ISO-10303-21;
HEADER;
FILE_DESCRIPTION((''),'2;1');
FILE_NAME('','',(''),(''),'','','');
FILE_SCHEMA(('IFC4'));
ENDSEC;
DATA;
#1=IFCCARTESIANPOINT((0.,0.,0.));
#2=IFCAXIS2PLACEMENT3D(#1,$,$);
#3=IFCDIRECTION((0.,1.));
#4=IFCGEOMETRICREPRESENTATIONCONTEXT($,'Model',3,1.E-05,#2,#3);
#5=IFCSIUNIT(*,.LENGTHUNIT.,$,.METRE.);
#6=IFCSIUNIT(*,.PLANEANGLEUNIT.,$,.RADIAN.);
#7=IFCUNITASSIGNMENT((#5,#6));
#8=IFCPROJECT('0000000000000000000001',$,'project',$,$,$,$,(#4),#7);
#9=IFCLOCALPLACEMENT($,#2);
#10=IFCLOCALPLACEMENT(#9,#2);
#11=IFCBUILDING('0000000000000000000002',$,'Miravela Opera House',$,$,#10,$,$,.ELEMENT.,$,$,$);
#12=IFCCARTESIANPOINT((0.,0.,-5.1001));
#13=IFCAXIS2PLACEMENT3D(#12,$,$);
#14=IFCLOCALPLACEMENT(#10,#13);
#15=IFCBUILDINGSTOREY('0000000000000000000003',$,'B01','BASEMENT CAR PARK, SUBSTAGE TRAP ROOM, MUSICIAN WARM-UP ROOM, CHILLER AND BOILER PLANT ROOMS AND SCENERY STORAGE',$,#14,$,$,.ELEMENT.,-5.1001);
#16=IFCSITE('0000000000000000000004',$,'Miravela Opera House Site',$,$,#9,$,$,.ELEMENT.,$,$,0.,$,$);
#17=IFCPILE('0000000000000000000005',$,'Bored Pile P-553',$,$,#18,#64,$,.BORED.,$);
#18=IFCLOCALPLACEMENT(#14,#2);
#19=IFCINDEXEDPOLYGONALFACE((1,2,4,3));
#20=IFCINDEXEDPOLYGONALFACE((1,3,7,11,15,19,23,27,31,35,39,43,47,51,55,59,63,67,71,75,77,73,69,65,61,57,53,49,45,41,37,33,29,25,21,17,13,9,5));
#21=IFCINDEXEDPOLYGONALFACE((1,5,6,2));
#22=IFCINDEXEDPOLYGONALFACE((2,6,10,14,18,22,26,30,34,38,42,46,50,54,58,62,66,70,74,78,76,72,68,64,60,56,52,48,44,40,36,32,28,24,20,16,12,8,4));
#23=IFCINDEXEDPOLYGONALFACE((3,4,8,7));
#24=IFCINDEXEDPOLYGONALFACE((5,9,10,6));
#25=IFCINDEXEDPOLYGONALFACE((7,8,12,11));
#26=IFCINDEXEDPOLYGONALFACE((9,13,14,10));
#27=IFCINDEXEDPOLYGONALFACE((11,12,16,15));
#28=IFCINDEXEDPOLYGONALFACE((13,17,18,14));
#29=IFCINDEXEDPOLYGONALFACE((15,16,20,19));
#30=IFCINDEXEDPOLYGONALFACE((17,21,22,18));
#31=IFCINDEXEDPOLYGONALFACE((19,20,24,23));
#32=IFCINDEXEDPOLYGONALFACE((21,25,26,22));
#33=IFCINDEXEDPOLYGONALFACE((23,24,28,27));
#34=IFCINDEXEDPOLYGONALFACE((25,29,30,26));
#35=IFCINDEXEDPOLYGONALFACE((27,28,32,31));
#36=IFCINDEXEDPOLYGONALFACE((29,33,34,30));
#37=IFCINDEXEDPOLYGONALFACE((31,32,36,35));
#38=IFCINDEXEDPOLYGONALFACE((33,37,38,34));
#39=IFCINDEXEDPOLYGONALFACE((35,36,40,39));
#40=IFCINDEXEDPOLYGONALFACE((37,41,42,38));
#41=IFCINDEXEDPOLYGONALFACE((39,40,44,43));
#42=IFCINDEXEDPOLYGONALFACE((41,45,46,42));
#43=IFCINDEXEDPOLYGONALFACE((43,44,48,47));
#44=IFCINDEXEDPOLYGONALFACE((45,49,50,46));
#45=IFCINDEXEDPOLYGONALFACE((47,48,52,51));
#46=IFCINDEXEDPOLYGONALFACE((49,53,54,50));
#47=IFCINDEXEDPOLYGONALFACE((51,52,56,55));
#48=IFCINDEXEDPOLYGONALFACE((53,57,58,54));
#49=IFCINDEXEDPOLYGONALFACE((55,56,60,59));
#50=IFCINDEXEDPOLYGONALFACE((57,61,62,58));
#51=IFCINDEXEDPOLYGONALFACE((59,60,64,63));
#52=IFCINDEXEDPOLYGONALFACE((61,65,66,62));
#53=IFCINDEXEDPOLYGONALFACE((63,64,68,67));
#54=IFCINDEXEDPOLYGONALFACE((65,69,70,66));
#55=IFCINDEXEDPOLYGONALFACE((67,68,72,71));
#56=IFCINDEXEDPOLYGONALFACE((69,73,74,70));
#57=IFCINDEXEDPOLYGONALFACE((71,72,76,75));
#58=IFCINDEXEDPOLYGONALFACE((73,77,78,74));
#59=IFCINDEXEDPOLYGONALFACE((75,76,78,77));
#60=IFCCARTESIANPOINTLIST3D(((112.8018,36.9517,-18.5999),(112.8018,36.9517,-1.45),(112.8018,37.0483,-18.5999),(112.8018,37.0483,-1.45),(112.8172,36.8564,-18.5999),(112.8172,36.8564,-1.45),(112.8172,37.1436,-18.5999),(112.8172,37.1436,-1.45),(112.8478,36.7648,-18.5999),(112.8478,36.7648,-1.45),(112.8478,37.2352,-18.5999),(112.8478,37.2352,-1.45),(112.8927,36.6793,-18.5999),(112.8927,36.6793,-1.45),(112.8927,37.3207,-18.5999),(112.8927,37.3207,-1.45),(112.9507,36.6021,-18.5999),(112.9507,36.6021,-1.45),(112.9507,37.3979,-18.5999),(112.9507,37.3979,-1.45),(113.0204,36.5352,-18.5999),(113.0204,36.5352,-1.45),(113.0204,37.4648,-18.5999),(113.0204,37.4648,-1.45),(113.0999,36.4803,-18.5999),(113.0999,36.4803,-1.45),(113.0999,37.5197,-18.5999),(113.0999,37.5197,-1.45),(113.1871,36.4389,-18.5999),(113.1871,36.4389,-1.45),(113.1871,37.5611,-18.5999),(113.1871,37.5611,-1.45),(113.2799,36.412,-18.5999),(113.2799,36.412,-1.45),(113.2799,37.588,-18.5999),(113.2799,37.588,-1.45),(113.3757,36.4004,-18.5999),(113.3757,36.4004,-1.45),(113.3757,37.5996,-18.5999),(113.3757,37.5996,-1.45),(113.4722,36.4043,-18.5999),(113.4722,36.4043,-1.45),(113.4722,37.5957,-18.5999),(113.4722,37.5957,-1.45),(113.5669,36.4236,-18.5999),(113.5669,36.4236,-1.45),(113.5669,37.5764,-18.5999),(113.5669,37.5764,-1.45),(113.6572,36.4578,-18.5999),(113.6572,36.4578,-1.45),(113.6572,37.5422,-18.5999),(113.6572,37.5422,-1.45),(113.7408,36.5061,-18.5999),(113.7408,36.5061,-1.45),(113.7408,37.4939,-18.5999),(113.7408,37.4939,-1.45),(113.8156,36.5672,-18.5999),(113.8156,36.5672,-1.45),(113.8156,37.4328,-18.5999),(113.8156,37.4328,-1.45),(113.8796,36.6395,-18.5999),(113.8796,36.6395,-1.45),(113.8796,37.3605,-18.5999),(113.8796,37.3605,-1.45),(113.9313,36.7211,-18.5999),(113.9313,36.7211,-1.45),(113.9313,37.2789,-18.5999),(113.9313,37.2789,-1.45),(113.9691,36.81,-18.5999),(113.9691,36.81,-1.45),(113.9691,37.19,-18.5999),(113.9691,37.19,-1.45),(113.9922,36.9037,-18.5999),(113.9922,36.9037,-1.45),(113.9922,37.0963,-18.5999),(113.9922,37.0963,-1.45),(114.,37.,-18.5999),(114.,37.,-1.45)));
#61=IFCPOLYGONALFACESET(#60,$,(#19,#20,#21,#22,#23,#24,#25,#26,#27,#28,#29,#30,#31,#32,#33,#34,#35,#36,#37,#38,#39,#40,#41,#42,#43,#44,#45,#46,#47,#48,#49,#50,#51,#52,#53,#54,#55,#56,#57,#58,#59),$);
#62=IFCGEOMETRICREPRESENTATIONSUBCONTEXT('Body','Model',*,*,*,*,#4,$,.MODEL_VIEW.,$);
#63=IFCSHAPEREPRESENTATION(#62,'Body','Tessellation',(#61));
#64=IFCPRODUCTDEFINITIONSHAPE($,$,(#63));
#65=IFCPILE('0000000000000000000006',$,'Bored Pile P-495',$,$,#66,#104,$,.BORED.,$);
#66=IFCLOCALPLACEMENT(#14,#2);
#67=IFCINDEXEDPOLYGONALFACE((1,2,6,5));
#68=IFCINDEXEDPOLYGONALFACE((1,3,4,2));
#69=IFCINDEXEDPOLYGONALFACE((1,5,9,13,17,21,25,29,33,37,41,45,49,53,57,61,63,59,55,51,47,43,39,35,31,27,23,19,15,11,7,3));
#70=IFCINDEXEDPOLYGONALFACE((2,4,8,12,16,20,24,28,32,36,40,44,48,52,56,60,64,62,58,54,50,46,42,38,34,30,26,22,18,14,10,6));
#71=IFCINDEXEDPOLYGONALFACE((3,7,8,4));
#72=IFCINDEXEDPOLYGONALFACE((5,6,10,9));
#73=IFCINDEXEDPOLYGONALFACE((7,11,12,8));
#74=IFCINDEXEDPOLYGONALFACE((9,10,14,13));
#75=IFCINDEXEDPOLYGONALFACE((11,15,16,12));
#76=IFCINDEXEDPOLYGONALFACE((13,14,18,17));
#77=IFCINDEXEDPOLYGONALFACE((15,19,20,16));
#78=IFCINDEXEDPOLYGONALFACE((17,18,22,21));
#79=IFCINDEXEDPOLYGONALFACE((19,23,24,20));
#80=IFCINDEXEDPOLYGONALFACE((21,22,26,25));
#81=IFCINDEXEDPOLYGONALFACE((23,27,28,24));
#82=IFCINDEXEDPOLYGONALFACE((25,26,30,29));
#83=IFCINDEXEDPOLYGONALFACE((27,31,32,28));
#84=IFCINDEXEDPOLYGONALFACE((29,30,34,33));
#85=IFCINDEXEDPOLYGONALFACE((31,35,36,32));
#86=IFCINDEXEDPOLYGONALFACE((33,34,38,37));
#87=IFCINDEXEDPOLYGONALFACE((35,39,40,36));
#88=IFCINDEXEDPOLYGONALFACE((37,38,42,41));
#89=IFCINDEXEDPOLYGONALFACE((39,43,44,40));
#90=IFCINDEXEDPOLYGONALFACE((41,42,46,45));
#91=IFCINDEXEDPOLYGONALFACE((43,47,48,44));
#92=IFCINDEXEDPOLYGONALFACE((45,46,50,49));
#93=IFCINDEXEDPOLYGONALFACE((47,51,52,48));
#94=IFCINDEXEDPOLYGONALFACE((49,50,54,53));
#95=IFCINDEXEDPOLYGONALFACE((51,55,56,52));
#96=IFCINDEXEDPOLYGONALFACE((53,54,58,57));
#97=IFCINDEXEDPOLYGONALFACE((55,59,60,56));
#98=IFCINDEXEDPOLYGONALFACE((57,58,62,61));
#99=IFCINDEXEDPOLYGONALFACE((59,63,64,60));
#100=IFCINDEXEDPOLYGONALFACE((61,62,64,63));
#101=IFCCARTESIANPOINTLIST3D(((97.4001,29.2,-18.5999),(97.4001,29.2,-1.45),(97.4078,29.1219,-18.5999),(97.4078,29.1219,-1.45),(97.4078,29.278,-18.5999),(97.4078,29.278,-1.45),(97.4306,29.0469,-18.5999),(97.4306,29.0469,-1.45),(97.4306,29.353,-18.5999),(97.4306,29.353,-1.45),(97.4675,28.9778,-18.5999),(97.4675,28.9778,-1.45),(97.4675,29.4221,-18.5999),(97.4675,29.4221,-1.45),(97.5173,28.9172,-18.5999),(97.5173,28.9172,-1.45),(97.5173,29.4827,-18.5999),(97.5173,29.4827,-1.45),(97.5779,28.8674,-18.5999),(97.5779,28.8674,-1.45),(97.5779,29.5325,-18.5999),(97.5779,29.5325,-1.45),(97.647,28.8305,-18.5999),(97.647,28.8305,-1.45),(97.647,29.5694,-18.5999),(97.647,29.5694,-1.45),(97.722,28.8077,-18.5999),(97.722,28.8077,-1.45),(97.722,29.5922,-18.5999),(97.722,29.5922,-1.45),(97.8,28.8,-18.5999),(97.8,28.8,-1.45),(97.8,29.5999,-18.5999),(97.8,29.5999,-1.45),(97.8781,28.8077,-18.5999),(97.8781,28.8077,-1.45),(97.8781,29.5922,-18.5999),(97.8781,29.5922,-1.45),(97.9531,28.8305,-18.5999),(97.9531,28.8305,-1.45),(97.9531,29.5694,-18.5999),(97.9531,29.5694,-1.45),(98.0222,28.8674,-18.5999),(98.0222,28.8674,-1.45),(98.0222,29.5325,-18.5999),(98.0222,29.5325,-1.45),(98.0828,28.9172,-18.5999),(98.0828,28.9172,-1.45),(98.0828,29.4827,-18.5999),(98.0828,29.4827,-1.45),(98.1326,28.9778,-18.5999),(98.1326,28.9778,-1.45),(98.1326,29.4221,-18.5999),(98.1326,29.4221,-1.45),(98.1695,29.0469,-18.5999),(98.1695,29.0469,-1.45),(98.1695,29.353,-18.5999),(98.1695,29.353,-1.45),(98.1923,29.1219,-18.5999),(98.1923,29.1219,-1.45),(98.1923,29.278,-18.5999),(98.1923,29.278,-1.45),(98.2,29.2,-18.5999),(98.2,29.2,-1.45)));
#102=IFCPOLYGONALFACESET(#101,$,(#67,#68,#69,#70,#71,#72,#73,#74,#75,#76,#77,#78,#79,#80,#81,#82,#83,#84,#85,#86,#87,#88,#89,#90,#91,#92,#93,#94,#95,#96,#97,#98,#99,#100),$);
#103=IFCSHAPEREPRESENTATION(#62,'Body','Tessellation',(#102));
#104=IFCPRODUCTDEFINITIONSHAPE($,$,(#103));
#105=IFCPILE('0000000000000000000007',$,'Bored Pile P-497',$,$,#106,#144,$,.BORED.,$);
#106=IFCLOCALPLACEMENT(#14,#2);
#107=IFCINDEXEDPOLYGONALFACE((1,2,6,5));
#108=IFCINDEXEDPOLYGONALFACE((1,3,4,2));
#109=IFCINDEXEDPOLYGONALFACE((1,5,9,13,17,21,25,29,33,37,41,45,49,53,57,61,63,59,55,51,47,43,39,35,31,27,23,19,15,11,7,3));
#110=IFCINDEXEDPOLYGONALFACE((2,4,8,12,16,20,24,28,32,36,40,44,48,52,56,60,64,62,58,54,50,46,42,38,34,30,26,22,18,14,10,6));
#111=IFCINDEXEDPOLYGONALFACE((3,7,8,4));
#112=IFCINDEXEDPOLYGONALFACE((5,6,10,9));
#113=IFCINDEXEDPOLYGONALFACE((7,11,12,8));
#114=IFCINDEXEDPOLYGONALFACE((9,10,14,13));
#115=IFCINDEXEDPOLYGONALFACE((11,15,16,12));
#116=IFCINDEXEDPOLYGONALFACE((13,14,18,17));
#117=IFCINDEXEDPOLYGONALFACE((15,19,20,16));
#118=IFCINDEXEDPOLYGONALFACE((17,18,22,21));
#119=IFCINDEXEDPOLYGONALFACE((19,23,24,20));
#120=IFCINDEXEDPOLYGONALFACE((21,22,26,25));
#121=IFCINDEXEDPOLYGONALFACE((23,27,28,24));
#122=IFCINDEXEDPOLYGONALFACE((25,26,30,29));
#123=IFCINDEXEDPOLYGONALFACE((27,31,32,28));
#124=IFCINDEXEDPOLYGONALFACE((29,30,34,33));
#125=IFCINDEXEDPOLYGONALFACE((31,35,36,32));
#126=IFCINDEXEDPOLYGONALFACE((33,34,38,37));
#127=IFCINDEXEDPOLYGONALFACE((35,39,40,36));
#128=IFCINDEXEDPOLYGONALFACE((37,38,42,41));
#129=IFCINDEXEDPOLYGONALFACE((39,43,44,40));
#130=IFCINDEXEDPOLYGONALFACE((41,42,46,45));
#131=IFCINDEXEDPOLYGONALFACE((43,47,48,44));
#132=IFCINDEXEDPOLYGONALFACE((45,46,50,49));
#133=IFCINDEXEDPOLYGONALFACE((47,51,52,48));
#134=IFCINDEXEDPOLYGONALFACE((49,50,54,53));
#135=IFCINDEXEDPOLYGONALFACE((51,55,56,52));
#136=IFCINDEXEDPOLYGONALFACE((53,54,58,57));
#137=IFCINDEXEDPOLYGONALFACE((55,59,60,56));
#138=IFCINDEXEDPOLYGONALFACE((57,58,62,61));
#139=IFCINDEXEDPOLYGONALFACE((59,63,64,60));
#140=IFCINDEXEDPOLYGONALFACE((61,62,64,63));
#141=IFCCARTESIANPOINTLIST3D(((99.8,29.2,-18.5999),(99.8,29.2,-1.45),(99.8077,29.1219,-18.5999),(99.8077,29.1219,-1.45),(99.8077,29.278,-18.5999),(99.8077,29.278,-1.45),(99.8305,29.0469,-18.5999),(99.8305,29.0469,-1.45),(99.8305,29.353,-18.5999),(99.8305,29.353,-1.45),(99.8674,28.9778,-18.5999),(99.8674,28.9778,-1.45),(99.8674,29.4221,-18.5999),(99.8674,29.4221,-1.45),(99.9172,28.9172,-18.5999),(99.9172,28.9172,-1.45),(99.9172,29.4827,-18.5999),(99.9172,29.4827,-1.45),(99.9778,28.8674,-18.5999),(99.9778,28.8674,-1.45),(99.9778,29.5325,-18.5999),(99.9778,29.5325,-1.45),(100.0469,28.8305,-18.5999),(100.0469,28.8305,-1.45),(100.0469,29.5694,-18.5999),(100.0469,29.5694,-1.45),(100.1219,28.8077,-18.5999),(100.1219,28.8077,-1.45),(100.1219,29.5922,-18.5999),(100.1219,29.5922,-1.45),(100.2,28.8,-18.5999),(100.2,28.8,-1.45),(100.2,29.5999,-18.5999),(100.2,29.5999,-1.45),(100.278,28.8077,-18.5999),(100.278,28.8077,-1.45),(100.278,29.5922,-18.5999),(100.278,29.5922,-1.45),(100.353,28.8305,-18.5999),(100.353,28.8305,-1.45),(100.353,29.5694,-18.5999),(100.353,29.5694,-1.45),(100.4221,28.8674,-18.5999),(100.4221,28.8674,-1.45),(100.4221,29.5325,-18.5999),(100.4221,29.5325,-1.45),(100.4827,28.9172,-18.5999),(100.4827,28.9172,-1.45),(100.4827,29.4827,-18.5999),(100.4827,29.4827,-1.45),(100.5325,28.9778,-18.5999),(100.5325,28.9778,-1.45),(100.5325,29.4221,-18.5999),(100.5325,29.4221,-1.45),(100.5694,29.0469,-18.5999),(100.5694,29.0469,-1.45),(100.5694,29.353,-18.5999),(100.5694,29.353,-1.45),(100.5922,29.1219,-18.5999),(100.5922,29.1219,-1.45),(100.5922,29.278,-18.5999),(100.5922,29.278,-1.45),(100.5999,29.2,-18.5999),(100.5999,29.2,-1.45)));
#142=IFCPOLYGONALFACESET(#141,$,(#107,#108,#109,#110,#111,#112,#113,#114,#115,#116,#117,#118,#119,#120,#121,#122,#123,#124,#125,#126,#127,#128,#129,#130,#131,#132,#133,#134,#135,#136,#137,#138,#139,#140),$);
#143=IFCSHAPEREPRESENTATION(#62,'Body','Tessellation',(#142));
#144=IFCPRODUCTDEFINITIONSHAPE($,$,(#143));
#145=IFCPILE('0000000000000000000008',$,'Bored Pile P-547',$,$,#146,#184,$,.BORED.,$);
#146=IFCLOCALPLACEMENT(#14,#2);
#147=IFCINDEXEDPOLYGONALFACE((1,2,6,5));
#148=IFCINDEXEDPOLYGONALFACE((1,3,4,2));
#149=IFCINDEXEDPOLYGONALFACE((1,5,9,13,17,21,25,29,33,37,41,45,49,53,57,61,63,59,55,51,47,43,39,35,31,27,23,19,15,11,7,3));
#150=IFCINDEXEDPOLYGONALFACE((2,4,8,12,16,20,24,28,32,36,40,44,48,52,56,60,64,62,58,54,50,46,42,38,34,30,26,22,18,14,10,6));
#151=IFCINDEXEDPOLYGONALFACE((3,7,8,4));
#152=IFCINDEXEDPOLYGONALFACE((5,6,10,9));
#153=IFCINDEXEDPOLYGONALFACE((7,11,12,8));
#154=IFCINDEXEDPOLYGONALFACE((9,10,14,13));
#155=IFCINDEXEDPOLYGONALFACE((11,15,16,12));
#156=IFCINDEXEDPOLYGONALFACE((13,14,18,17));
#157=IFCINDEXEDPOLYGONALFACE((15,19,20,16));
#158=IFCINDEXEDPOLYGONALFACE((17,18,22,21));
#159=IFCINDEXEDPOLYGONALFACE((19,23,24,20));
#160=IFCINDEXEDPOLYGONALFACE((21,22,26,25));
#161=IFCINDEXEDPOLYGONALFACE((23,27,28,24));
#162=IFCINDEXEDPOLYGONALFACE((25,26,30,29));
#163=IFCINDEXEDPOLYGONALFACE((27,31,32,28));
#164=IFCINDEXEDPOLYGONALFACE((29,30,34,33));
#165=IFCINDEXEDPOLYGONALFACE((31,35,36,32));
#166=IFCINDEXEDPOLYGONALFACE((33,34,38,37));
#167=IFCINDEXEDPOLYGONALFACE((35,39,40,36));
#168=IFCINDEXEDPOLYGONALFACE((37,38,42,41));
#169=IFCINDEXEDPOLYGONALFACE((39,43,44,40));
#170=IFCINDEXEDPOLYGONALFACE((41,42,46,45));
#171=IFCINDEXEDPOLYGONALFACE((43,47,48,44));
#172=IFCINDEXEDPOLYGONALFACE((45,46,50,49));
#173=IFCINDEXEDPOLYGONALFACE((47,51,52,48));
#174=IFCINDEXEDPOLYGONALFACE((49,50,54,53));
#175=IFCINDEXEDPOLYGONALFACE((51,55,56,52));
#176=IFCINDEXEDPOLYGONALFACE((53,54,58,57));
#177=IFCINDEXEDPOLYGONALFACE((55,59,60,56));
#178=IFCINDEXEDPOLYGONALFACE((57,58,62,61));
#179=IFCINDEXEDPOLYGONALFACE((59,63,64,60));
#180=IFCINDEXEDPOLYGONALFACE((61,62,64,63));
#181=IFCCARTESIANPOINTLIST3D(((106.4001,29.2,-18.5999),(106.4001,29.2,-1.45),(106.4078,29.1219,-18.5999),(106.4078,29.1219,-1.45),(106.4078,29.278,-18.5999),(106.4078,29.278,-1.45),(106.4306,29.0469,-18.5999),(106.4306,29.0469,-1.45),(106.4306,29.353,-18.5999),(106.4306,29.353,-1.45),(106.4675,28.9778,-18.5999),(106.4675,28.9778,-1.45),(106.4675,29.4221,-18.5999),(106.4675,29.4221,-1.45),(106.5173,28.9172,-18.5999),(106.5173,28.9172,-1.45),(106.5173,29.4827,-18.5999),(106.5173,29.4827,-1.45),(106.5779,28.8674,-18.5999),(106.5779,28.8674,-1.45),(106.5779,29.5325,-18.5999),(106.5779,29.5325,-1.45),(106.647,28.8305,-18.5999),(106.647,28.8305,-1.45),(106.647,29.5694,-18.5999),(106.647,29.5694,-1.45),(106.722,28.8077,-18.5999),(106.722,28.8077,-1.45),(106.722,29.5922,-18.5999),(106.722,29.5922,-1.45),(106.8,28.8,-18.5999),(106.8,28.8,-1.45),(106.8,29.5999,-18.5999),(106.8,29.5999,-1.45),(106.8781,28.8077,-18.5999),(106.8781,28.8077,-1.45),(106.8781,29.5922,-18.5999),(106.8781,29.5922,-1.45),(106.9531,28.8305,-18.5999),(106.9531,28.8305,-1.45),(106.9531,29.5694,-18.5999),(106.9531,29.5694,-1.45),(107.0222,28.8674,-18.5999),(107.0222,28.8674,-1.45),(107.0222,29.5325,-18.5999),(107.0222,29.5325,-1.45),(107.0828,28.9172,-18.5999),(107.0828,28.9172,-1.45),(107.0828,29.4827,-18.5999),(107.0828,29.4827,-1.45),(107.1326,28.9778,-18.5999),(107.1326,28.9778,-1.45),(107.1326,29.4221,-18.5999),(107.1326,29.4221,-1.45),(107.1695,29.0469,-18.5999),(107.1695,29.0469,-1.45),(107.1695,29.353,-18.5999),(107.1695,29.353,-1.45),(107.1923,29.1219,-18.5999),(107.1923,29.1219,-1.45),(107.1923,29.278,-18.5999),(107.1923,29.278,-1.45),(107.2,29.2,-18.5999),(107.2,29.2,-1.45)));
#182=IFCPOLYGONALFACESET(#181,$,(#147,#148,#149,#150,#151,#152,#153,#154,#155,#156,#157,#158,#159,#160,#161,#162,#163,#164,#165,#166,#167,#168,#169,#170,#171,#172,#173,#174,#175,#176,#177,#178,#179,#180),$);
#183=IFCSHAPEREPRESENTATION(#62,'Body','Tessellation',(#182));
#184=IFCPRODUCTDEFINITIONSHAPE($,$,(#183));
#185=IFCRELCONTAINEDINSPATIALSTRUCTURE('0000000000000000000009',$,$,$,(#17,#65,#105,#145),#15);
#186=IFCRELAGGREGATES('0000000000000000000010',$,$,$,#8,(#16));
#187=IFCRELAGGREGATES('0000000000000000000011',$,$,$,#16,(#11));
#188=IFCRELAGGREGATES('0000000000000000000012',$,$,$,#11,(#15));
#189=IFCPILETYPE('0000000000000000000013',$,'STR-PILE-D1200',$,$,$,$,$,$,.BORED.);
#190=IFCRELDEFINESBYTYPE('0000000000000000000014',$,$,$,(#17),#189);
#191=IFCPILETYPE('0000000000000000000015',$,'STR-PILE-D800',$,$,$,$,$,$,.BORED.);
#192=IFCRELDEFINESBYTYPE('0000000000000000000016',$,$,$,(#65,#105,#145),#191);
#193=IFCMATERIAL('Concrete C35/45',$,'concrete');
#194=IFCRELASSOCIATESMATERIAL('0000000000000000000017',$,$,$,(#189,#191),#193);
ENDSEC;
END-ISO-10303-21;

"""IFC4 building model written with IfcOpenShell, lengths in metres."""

from ifc_helpers import new_model, si_unit, direction, frame, origin, origin_2d, place, context, subcontext, project, spatial, circle, extrude, material, material_profile, profile_set, type_object, element, save


model = new_model("IFC4")

# Units and contexts
model_context = context("Model", 3, precision=1e-05, world=origin(), true_north=direction((0.0, 1.0)))
body_context = subcontext(model_context, "Body", "Model", "MODEL_VIEW")
ifc_project = project(units=[si_unit("LENGTHUNIT", "METRE"), si_unit("PLANEANGLEUNIT", "RADIAN")], contexts=[model_context])

# Site, building, storey
site_placement = place(None, origin())
site = spatial("IfcSite", under=ifc_project, at=site_placement, Name="Miravela Opera House Site", CompositionType="ELEMENT", RefElevation=0.0)
building_placement = place(site_placement, origin())
building = spatial("IfcBuilding", under=site, at=building_placement, Name="Miravela Opera House", CompositionType="ELEMENT")
storey_placement = place(building_placement, frame((0.0, 0.0, -5.1001)))
storey = spatial("IfcBuildingStorey", under=building, at=storey_placement, Name="B01", Description="BASEMENT CAR PARK, SUBSTAGE TRAP ROOM, MUSICIAN WARM-UP ROOM, CHILLER AND BOILER PLANT ROOMS AND SCENERY STORAGE", CompositionType="ELEMENT", Elevation=-5.1001)

# Shared definitions
ifc_material_1 = material(Name="Concrete C35/45", Category="concrete")

# Piles
ifc_material_profile_1 = material_profile(ifc_material_1, circle(Radius=0.6001, at=origin_2d()), Name="PILE-D1200")
ifc_profile_set_1 = profile_set([ifc_material_profile_1])
pile_type_1 = type_object("IfcPileType", Name="STR-PILE-D1200", PredefinedType="BORED", material=ifc_profile_set_1)
for number, where, z_axis, x_axis, name in (
    (1, (113.3999, 37.0, -1.45), (0.0, 0.0, -1.0), (1.0, 0.0, 0.0), "Bored Pile P-553"),
):
    element("IfcPile", number, at=place(storey_placement, frame(where, z_axis=z_axis, x_axis=x_axis)), inside=storey, type_object=pile_type_1, Name=name, PredefinedType="BORED", context=body_context, shape_type="SweptSolid", body=[
        extrude(circle(Radius=0.6001, at=origin_2d()), origin(), (0.0, 0.0, 1.0), 17.1499),
    ])
ifc_material_profile_2 = material_profile(ifc_material_1, circle(Radius=0.3999, at=origin_2d()), Name="PILE-D800")
ifc_profile_set_2 = profile_set([ifc_material_profile_2])
pile_type_2 = type_object("IfcPileType", Name="STR-PILE-D800", PredefinedType="BORED", material=ifc_profile_set_2)
for number, where, z_axis, x_axis, name in (
    (2, (97.8, 29.2, -1.45), (0.0, 0.0, -1.0), (1.0, 0.0, 0.0), "Bored Pile P-495"),
    (3, (100.2, 29.2, -1.45), (0.0, 0.0, -1.0), (1.0, 0.0, 0.0), "Bored Pile P-497"),
    (4, (106.8, 29.2, -1.45), (0.0, 0.0, -1.0), (1.0, 0.0, 0.0), "Bored Pile P-547"),
):
    element("IfcPile", number, at=place(storey_placement, frame(where, z_axis=z_axis, x_axis=x_axis)), inside=storey, type_object=pile_type_2, Name=name, PredefinedType="BORED", context=body_context, shape_type="SweptSolid", body=[
        extrude(circle(Radius=0.3999, at=origin_2d()), origin(), (0.0, 0.0, 1.0), 17.1499),
    ])

save(model, "model.ifc")
